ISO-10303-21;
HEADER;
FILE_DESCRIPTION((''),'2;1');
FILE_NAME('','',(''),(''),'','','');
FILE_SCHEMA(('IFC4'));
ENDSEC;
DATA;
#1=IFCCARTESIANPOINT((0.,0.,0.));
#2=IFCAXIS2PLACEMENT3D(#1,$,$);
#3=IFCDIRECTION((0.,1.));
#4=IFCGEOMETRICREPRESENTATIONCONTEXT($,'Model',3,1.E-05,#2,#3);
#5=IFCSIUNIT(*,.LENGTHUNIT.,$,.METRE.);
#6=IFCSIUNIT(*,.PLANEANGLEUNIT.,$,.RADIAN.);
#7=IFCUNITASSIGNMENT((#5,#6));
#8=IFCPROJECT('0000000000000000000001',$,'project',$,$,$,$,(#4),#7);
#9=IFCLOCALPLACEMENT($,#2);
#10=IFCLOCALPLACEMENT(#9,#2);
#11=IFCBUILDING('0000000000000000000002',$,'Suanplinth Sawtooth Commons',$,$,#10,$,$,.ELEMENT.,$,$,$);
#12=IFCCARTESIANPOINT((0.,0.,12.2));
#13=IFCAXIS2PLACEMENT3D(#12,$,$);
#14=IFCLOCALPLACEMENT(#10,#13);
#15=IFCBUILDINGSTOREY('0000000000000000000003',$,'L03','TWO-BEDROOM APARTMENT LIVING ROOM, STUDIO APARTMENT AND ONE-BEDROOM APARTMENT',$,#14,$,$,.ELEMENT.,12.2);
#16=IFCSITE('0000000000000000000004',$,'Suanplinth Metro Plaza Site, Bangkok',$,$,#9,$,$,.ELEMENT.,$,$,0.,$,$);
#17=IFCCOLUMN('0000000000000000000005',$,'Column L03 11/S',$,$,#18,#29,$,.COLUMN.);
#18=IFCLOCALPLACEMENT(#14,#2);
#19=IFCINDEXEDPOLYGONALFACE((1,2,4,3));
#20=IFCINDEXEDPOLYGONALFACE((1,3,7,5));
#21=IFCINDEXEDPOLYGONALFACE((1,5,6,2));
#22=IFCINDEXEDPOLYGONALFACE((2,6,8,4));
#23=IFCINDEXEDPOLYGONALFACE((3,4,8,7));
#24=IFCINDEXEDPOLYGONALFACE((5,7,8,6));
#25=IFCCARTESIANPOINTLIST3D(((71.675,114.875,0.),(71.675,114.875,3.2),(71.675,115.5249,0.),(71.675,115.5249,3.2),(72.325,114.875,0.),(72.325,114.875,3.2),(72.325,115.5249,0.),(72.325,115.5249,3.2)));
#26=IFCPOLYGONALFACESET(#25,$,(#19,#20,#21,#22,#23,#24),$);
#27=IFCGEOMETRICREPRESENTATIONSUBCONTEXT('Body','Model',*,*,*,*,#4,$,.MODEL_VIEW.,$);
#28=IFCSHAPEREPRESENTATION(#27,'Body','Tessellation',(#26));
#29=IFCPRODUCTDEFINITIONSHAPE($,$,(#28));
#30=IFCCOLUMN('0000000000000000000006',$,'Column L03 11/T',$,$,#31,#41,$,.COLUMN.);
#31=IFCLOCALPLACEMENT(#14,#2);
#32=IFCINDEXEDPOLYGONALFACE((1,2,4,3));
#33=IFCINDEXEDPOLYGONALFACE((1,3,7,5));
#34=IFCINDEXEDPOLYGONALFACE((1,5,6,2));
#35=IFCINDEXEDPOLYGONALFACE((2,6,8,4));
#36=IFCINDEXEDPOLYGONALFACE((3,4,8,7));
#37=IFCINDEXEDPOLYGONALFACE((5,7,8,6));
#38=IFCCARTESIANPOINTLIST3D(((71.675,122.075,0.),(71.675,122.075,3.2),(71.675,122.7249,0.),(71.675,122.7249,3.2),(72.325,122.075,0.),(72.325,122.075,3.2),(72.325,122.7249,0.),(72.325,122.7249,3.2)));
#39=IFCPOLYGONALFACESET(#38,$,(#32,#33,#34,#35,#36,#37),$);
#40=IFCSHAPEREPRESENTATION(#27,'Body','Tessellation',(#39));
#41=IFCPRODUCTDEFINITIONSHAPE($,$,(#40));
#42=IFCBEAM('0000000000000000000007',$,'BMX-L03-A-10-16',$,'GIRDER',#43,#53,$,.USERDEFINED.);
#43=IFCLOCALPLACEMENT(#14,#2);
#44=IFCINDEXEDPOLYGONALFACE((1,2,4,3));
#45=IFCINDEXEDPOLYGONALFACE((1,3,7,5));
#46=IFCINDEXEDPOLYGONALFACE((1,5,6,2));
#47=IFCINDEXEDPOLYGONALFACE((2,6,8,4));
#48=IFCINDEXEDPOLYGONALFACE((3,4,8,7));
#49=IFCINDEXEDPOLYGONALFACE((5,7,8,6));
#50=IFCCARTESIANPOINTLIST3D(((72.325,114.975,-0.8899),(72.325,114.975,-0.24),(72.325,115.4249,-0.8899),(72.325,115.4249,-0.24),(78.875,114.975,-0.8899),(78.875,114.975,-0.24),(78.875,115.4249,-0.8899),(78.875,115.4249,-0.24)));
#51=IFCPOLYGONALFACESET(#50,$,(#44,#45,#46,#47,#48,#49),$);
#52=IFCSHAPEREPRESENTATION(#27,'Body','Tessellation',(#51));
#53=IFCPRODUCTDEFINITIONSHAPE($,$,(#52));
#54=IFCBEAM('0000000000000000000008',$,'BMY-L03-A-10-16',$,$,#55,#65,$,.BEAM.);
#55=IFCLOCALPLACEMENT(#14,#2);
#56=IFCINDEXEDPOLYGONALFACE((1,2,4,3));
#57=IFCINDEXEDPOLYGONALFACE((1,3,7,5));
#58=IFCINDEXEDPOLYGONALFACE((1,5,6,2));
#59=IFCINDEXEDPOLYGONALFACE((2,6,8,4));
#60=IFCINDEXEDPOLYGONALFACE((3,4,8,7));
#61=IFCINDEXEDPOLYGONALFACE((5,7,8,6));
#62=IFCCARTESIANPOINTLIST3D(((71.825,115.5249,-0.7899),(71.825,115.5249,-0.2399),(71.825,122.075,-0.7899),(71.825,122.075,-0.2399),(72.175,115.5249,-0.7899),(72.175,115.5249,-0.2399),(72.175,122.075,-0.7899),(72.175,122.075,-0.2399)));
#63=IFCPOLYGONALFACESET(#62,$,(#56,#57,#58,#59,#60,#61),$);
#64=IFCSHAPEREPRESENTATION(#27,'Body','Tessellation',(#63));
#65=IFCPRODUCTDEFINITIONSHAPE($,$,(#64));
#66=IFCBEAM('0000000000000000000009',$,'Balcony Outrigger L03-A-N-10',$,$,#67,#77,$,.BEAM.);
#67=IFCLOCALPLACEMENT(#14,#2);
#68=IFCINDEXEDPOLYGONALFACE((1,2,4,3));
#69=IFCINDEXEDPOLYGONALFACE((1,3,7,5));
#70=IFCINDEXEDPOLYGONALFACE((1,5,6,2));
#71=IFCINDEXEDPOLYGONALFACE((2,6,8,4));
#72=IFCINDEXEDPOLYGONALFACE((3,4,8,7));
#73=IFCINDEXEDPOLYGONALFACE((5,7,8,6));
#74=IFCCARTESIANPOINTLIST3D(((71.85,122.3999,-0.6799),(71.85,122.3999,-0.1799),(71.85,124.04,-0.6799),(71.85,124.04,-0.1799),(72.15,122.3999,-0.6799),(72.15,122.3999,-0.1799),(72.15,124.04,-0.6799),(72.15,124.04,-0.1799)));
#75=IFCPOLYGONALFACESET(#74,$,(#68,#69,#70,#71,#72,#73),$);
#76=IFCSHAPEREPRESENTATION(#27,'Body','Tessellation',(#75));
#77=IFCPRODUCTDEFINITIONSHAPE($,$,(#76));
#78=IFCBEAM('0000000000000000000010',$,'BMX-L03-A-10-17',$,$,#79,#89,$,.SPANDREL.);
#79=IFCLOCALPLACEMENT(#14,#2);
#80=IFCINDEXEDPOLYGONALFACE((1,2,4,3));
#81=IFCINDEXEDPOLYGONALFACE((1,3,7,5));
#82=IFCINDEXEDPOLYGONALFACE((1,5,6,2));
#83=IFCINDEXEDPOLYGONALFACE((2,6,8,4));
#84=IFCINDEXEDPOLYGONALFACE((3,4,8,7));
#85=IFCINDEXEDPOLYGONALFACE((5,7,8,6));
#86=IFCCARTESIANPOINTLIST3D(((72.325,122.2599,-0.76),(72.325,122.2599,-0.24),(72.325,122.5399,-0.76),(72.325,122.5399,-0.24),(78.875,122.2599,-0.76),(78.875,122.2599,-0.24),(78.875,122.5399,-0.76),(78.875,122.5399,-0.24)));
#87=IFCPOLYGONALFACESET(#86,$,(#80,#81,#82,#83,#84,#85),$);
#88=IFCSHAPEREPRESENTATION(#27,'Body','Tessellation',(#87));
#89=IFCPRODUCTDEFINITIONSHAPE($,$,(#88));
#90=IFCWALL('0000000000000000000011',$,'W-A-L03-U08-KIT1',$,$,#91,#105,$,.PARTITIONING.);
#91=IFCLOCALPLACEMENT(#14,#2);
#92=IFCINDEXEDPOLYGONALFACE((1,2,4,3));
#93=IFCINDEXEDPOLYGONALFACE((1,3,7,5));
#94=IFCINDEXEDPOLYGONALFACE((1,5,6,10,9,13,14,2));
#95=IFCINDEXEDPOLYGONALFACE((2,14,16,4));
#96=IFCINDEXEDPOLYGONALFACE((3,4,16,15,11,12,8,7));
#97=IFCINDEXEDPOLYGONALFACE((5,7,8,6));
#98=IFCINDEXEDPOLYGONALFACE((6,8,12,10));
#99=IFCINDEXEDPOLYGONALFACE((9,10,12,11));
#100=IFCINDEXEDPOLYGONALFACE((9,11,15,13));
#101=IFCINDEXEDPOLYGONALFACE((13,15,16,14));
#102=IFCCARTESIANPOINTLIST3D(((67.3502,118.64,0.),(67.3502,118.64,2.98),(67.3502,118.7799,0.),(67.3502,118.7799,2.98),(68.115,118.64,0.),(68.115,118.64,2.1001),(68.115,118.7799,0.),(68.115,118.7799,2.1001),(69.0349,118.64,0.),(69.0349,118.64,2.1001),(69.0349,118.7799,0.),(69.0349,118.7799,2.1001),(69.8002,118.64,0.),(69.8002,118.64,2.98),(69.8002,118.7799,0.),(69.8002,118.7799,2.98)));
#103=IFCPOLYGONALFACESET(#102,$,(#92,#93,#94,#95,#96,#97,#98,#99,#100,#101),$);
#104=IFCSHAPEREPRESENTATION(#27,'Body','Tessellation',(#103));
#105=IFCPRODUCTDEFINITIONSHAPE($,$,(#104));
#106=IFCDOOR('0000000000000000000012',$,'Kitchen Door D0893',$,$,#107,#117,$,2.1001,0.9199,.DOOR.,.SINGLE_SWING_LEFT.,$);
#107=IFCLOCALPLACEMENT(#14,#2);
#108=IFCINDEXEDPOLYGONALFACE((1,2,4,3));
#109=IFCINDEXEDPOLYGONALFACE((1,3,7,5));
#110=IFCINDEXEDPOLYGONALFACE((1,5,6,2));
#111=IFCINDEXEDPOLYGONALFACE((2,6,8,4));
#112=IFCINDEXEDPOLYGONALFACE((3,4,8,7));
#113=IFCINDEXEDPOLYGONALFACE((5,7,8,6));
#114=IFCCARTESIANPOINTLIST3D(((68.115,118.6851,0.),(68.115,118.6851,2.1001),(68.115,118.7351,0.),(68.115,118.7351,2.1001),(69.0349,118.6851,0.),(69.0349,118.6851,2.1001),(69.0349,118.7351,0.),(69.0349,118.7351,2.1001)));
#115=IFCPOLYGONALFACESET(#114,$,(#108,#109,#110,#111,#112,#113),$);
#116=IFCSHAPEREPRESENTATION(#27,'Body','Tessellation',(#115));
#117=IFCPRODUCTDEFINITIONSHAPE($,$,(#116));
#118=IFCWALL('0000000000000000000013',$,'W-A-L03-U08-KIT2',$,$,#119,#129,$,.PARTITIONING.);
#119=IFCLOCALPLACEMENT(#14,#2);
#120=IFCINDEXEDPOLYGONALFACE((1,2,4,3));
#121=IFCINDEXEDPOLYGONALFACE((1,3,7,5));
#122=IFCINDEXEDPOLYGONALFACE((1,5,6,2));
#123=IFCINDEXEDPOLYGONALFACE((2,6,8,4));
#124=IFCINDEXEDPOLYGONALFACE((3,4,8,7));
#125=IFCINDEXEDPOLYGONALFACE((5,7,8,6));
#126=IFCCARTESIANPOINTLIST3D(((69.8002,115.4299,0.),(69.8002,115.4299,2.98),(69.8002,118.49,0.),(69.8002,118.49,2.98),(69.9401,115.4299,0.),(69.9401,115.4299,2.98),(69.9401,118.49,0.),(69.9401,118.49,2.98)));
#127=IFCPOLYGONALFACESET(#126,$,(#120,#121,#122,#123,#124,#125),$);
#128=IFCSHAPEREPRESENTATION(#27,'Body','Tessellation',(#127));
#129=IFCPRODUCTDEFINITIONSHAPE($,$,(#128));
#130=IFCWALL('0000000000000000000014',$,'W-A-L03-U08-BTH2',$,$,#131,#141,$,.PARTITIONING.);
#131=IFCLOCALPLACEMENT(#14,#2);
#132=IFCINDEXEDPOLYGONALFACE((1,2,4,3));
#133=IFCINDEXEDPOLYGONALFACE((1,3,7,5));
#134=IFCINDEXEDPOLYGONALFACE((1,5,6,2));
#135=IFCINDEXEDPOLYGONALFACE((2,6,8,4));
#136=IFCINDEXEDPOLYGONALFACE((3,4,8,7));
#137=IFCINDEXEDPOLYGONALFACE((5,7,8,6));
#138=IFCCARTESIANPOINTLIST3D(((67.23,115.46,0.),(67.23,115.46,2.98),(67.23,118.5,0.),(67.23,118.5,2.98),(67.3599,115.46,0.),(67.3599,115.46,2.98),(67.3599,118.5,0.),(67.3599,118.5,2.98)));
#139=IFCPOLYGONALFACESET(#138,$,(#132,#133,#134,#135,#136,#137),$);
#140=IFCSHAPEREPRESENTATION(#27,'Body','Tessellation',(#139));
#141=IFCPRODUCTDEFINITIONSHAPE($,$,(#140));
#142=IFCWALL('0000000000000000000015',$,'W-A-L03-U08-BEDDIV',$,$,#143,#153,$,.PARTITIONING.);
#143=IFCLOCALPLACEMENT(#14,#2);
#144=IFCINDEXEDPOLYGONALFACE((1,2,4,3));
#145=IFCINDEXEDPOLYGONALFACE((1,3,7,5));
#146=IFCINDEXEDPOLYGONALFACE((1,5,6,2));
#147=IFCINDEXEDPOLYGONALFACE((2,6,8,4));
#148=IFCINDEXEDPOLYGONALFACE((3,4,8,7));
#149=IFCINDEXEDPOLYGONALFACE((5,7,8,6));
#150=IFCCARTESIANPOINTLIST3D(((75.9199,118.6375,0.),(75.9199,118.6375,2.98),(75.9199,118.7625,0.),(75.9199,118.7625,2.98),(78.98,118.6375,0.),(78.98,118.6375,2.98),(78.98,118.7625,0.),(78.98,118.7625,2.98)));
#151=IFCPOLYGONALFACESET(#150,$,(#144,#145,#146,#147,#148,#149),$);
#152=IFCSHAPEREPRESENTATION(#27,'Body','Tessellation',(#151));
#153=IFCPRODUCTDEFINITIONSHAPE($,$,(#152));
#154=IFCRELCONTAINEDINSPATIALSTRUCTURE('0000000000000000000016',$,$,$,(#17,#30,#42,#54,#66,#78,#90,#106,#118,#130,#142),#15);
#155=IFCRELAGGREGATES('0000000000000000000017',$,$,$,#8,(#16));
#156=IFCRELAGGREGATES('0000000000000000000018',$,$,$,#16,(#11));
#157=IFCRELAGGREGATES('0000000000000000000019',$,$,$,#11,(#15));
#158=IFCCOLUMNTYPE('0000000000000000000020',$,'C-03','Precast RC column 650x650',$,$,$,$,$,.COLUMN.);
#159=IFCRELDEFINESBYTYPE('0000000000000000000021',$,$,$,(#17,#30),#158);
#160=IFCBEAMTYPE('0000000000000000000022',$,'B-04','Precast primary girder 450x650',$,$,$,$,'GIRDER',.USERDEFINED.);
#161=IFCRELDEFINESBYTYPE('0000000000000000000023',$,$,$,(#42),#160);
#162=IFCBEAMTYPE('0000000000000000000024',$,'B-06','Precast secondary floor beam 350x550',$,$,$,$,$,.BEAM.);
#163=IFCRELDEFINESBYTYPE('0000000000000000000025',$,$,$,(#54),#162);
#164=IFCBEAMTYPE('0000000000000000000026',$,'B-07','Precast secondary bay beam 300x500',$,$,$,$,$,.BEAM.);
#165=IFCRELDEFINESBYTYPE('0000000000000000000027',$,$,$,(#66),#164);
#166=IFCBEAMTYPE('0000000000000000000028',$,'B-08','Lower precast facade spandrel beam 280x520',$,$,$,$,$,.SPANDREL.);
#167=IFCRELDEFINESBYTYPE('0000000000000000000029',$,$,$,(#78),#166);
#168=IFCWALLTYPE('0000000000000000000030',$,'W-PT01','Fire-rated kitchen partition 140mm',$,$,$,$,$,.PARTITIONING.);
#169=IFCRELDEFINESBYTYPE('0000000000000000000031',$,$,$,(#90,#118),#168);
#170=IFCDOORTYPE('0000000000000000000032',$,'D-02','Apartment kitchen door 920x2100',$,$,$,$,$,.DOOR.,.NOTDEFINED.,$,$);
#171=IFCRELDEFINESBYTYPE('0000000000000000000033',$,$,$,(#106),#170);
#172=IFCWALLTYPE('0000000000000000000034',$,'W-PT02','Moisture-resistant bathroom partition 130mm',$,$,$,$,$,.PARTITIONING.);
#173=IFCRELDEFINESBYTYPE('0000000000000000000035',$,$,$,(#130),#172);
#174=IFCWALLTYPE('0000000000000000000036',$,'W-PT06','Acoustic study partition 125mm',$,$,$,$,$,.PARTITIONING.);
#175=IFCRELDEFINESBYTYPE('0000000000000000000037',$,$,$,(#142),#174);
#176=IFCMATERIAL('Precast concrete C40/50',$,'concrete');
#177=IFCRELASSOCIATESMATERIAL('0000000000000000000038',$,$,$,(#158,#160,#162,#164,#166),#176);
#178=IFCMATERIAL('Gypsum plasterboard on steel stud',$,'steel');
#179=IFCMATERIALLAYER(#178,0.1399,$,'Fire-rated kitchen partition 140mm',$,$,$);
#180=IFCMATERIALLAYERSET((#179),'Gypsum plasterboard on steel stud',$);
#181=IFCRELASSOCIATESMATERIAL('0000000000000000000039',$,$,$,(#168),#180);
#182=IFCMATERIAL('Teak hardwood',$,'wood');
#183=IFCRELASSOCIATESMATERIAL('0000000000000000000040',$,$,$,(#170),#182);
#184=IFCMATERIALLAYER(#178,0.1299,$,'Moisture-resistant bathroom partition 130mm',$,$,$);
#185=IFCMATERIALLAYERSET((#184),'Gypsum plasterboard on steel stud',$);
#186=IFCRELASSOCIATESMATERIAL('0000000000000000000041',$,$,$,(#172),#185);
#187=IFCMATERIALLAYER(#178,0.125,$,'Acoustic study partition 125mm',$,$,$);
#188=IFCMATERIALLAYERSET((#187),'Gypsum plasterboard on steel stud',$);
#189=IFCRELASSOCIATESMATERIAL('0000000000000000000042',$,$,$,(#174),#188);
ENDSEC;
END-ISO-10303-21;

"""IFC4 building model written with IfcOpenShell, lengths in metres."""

from ifc_helpers import new_model, si_unit, direction, frame, frame_2d, origin, origin_2d, place, context, subcontext, project, spatial, rectangle, extrude, material, layer, layer_set, material_profile, profile_set, type_object, element, fill, save


model = new_model("IFC4")

# Units and contexts
model_context = context("Model", 3, precision=1e-05, world=origin(), true_north=direction((0.0, 1.0)))
body_context = subcontext(model_context, "Body", "Model", "MODEL_VIEW")
ifc_project = project(units=[si_unit("LENGTHUNIT", "METRE"), si_unit("PLANEANGLEUNIT", "RADIAN")], contexts=[model_context])

# Site, building, storey
site_placement = place(None, origin())
site = spatial("IfcSite", under=ifc_project, at=site_placement, Name="Suanplinth Metro Plaza Site, Bangkok", CompositionType="ELEMENT", RefElevation=0.0)
building_placement = place(site_placement, origin())
building = spatial("IfcBuilding", under=site, at=building_placement, Name="Suanplinth Sawtooth Commons", CompositionType="ELEMENT")
storey_placement = place(building_placement, frame((0.0, 0.0, 12.2)))
storey = spatial("IfcBuildingStorey", under=building, at=storey_placement, Name="L03", Description="TWO-BEDROOM APARTMENT LIVING ROOM, STUDIO APARTMENT AND ONE-BEDROOM APARTMENT", CompositionType="ELEMENT", Elevation=12.2)

# Columns
ifc_material_1 = material(Name="Precast concrete C40/50", Category="concrete")
ifc_material_profile_1 = material_profile(ifc_material_1, rectangle(XDim=0.6499, YDim=0.6499, at=origin_2d()), Name="PC-COL 650x650")
ifc_profile_set_1 = profile_set([ifc_material_profile_1], Name="Precast concrete C40/50")
column_type = type_object("IfcColumnType", Name="C-03", Description="Precast RC column 650x650", PredefinedType="COLUMN", material=ifc_profile_set_1)
for number, where, z_axis, x_axis, name in (
    (1, (72.0, 115.2, 0.0), (0.0, 0.0, 1.0), (1.0, 0.0, 0.0), "Column L03 11/S"),
    (2, (72.0, 122.3999, 0.0), (0.0, 0.0, 1.0), (1.0, 0.0, 0.0), "Column L03 11/T"),
):
    element("IfcColumn", number, at=place(storey_placement, frame(where, z_axis=z_axis, x_axis=x_axis)), inside=storey, type_object=column_type, Name=name, PredefinedType="COLUMN", context=body_context, shape_type="SweptSolid", body=[
        extrude(rectangle(XDim=0.6499, YDim=0.6499, at=origin_2d()), origin(), (0.0, 0.0, 1.0), 3.2),
    ])

# Beams
ifc_material_profile_2 = material_profile(ifc_material_1, rectangle(XDim=0.45, YDim=0.6499, at=origin_2d()), Name="PC-GDR 450x650")
ifc_profile_set_2 = profile_set([ifc_material_profile_2], Name="Precast concrete C40/50")
beam_type_1 = type_object("IfcBeamType", Name="B-04", Description="Precast primary girder 450x650", ElementType="GIRDER", PredefinedType="USERDEFINED", material=ifc_profile_set_2)
beam_1_placement = place(storey_placement, frame((72.325, 115.2, -0.5649), z_axis=(1.0, 0.0, 0.0), x_axis=(0.0, 1.0, 0.0)))
element("IfcBeam", 3, at=beam_1_placement, inside=storey, type_object=beam_type_1, Name="BMX-L03-A-10-16", ObjectType="GIRDER", PredefinedType="USERDEFINED", context=body_context, shape_type="SweptSolid", body=[
    extrude(rectangle(XDim=0.45, YDim=0.6499, at=origin_2d()), origin(), (0.0, 0.0, 1.0), 6.55),
])
ifc_material_profile_3 = material_profile(ifc_material_1, rectangle(XDim=0.3501, YDim=0.55, at=origin_2d()), Name="PC-BM 350x550")
ifc_profile_set_3 = profile_set([ifc_material_profile_3], Name="Precast concrete C40/50")
beam_type_2 = type_object("IfcBeamType", Name="B-06", Description="Precast secondary floor beam 350x550", PredefinedType="BEAM", material=ifc_profile_set_3)
beam_2_placement = place(storey_placement, frame((72.0, 115.5249, -0.5149), z_axis=(0.0, 1.0, 0.0), x_axis=(-1.0, 0.0, 0.0)))
element("IfcBeam", 4, at=beam_2_placement, inside=storey, type_object=beam_type_2, Name="BMY-L03-A-10-16", PredefinedType="BEAM", context=body_context, shape_type="SweptSolid", body=[
    extrude(rectangle(XDim=0.3501, YDim=0.55, at=origin_2d()), origin(), (0.0, 0.0, 1.0), 6.55),
])
ifc_material_profile_4 = material_profile(ifc_material_1, rectangle(XDim=0.3, YDim=0.5, at=origin_2d()), Name="PC-BM 300x500")
ifc_profile_set_4 = profile_set([ifc_material_profile_4], Name="Precast concrete C40/50")
beam_type_3 = type_object("IfcBeamType", Name="B-07", Description="Precast secondary bay beam 300x500", PredefinedType="BEAM", material=ifc_profile_set_4)
beam_3_placement = place(storey_placement, frame((72.0, 122.3999, -0.4299), z_axis=(0.0, 1.0, 0.0), x_axis=(-1.0, 0.0, 0.0)))
element("IfcBeam", 5, at=beam_3_placement, inside=storey, type_object=beam_type_3, Name="Balcony Outrigger L03-A-N-10", PredefinedType="BEAM", context=body_context, shape_type="SweptSolid", body=[
    extrude(rectangle(XDim=0.3, YDim=0.5, at=origin_2d()), origin(), (0.0, 0.0, 1.0), 1.6401),
])
ifc_material_profile_5 = material_profile(ifc_material_1, rectangle(XDim=0.28, YDim=0.52, at=origin_2d()), Name="PC-SP 280x520")
ifc_profile_set_5 = profile_set([ifc_material_profile_5], Name="Precast concrete C40/50")
beam_type_4 = type_object("IfcBeamType", Name="B-08", Description="Lower precast facade spandrel beam 280x520", PredefinedType="SPANDREL", material=ifc_profile_set_5)
beam_4_placement = place(storey_placement, frame((72.325, 122.3999, -0.5), z_axis=(1.0, 0.0, 0.0), x_axis=(0.0, 1.0, 0.0)))
element("IfcBeam", 6, at=beam_4_placement, inside=storey, type_object=beam_type_4, Name="BMX-L03-A-10-17", PredefinedType="SPANDREL", context=body_context, shape_type="SweptSolid", body=[
    extrude(rectangle(XDim=0.28, YDim=0.52, at=origin_2d()), origin(), (0.0, 0.0, 1.0), 6.55),
])

# Wall, opening, door
ifc_material_2 = material(Name="Gypsum plasterboard on steel stud", Category="steel")
ifc_layer_1 = layer(ifc_material_2, 0.1399, Name="Fire-rated kitchen partition 140mm")
ifc_layer_set_1 = layer_set([ifc_layer_1], Name="Gypsum plasterboard on steel stud")
wall_type_1 = type_object("IfcWallType", Name="W-PT01", Description="Fire-rated kitchen partition 140mm", PredefinedType="PARTITIONING", material=ifc_layer_set_1)
wall_1_placement = place(storey_placement, frame((67.3501, 118.71, 0.0), z_axis=(0.0, 0.0, 1.0), x_axis=(1.0, 0.0, 0.0)))
wall_1 = element("IfcWall", 7, at=wall_1_placement, inside=storey, type_object=wall_type_1, Name="W-A-L03-U08-KIT1", PredefinedType="PARTITIONING", context=body_context, shape_type="SweptSolid", body=[
    extrude(rectangle(XDim=2.45, YDim=0.1399, at=frame_2d((1.2251, 0.0))), origin(), (0.0, 0.0, 1.0), 2.98),
])
opening_1_placement = place(wall_1_placement, frame((0.7649, 0.0, 0.0)))
opening_1 = element("IfcOpeningElement", 8, at=opening_1_placement, cuts=wall_1, PredefinedType="OPENING", context=body_context, shape_type="SweptSolid", body=[
    extrude(rectangle(XDim=0.9199, YDim=2.1001, at=frame_2d((0.46, 1.05))), frame((0.0, 0.085, 0.0), z_axis=(0.0, -1.0, 0.0), x_axis=(1.0, 0.0, 0.0)), (0.0, 0.0, 1.0), 0.1697),
])
ifc_material_3 = material(Name="Teak hardwood", Category="wood")
door_type_1 = type_object("IfcDoorType", Name="D-02", Description="Apartment kitchen door 920x2100", OperationType="NOTDEFINED", PredefinedType="DOOR", material=ifc_material_3)
door_1_placement = place(opening_1_placement, frame((0.9199, 0.0, 0.0), z_axis=(0.0, 0.0, 1.0), x_axis=(-1.0, 0.0, 0.0)))
door_1 = element("IfcDoor", 9, at=door_1_placement, inside=storey, type_object=door_type_1, Name="Kitchen Door D0893", OperationType="SINGLE_SWING_LEFT", OverallHeight=2.1001, OverallWidth=0.9199, PredefinedType="DOOR", context=body_context, shape_type="SweptSolid", body=[
    extrude(rectangle(XDim=0.9199, YDim=2.1001, at=frame_2d((0.46, 1.05))), frame((0.0, 0.0249, 0.0), z_axis=(0.0, -1.0, 0.0), x_axis=(1.0, 0.0, 0.0)), (0.0, 0.0, 1.0), 0.05),
])
fill(opening_1, door_1)

# Walls
wall_2_placement = place(storey_placement, frame((69.8701, 115.4299, 0.0), z_axis=(0.0, 0.0, 1.0), x_axis=(0.0, 1.0, 0.0)))
element("IfcWall", 10, at=wall_2_placement, inside=storey, type_object=wall_type_1, Name="W-A-L03-U08-KIT2", PredefinedType="PARTITIONING", context=body_context, shape_type="SweptSolid", body=[
    extrude(rectangle(XDim=3.0601, YDim=0.1399, at=frame_2d((1.53, 0.0))), origin(), (0.0, 0.0, 1.0), 2.98),
])
ifc_layer_2 = layer(ifc_material_2, 0.1299, Name="Moisture-resistant bathroom partition 130mm")
ifc_layer_set_2 = layer_set([ifc_layer_2], Name="Gypsum plasterboard on steel stud")
wall_type_2 = type_object("IfcWallType", Name="W-PT02", Description="Moisture-resistant bathroom partition 130mm", PredefinedType="PARTITIONING", material=ifc_layer_set_2)
wall_3_placement = place(storey_placement, frame((67.2949, 115.46, 0.0), z_axis=(0.0, 0.0, 1.0), x_axis=(0.0, 1.0, 0.0)))
element("IfcWall", 11, at=wall_3_placement, inside=storey, type_object=wall_type_2, Name="W-A-L03-U08-BTH2", PredefinedType="PARTITIONING", context=body_context, shape_type="SweptSolid", body=[
    extrude(rectangle(XDim=3.04, YDim=0.1299, at=frame_2d((1.52, 0.0))), origin(), (0.0, 0.0, 1.0), 2.98),
])

# Wall
ifc_layer_3 = layer(ifc_material_2, 0.125, Name="Acoustic study partition 125mm")
ifc_layer_set_3 = layer_set([ifc_layer_3], Name="Gypsum plasterboard on steel stud")
wall_type_3 = type_object("IfcWallType", Name="W-PT06", Description="Acoustic study partition 125mm", PredefinedType="PARTITIONING", material=ifc_layer_set_3)
wall_4_placement = place(storey_placement, frame((75.9199, 118.7, 0.0), z_axis=(0.0, 0.0, 1.0), x_axis=(1.0, 0.0, 0.0)))
element("IfcWall", 12, at=wall_4_placement, inside=storey, type_object=wall_type_3, Name="W-A-L03-U08-BEDDIV", PredefinedType="PARTITIONING", context=body_context, shape_type="SweptSolid", body=[
    extrude(rectangle(XDim=3.0601, YDim=0.125, at=frame_2d((1.53, 0.0))), origin(), (0.0, 0.0, 1.0), 2.98),
])

save(model, "model.ifc")
